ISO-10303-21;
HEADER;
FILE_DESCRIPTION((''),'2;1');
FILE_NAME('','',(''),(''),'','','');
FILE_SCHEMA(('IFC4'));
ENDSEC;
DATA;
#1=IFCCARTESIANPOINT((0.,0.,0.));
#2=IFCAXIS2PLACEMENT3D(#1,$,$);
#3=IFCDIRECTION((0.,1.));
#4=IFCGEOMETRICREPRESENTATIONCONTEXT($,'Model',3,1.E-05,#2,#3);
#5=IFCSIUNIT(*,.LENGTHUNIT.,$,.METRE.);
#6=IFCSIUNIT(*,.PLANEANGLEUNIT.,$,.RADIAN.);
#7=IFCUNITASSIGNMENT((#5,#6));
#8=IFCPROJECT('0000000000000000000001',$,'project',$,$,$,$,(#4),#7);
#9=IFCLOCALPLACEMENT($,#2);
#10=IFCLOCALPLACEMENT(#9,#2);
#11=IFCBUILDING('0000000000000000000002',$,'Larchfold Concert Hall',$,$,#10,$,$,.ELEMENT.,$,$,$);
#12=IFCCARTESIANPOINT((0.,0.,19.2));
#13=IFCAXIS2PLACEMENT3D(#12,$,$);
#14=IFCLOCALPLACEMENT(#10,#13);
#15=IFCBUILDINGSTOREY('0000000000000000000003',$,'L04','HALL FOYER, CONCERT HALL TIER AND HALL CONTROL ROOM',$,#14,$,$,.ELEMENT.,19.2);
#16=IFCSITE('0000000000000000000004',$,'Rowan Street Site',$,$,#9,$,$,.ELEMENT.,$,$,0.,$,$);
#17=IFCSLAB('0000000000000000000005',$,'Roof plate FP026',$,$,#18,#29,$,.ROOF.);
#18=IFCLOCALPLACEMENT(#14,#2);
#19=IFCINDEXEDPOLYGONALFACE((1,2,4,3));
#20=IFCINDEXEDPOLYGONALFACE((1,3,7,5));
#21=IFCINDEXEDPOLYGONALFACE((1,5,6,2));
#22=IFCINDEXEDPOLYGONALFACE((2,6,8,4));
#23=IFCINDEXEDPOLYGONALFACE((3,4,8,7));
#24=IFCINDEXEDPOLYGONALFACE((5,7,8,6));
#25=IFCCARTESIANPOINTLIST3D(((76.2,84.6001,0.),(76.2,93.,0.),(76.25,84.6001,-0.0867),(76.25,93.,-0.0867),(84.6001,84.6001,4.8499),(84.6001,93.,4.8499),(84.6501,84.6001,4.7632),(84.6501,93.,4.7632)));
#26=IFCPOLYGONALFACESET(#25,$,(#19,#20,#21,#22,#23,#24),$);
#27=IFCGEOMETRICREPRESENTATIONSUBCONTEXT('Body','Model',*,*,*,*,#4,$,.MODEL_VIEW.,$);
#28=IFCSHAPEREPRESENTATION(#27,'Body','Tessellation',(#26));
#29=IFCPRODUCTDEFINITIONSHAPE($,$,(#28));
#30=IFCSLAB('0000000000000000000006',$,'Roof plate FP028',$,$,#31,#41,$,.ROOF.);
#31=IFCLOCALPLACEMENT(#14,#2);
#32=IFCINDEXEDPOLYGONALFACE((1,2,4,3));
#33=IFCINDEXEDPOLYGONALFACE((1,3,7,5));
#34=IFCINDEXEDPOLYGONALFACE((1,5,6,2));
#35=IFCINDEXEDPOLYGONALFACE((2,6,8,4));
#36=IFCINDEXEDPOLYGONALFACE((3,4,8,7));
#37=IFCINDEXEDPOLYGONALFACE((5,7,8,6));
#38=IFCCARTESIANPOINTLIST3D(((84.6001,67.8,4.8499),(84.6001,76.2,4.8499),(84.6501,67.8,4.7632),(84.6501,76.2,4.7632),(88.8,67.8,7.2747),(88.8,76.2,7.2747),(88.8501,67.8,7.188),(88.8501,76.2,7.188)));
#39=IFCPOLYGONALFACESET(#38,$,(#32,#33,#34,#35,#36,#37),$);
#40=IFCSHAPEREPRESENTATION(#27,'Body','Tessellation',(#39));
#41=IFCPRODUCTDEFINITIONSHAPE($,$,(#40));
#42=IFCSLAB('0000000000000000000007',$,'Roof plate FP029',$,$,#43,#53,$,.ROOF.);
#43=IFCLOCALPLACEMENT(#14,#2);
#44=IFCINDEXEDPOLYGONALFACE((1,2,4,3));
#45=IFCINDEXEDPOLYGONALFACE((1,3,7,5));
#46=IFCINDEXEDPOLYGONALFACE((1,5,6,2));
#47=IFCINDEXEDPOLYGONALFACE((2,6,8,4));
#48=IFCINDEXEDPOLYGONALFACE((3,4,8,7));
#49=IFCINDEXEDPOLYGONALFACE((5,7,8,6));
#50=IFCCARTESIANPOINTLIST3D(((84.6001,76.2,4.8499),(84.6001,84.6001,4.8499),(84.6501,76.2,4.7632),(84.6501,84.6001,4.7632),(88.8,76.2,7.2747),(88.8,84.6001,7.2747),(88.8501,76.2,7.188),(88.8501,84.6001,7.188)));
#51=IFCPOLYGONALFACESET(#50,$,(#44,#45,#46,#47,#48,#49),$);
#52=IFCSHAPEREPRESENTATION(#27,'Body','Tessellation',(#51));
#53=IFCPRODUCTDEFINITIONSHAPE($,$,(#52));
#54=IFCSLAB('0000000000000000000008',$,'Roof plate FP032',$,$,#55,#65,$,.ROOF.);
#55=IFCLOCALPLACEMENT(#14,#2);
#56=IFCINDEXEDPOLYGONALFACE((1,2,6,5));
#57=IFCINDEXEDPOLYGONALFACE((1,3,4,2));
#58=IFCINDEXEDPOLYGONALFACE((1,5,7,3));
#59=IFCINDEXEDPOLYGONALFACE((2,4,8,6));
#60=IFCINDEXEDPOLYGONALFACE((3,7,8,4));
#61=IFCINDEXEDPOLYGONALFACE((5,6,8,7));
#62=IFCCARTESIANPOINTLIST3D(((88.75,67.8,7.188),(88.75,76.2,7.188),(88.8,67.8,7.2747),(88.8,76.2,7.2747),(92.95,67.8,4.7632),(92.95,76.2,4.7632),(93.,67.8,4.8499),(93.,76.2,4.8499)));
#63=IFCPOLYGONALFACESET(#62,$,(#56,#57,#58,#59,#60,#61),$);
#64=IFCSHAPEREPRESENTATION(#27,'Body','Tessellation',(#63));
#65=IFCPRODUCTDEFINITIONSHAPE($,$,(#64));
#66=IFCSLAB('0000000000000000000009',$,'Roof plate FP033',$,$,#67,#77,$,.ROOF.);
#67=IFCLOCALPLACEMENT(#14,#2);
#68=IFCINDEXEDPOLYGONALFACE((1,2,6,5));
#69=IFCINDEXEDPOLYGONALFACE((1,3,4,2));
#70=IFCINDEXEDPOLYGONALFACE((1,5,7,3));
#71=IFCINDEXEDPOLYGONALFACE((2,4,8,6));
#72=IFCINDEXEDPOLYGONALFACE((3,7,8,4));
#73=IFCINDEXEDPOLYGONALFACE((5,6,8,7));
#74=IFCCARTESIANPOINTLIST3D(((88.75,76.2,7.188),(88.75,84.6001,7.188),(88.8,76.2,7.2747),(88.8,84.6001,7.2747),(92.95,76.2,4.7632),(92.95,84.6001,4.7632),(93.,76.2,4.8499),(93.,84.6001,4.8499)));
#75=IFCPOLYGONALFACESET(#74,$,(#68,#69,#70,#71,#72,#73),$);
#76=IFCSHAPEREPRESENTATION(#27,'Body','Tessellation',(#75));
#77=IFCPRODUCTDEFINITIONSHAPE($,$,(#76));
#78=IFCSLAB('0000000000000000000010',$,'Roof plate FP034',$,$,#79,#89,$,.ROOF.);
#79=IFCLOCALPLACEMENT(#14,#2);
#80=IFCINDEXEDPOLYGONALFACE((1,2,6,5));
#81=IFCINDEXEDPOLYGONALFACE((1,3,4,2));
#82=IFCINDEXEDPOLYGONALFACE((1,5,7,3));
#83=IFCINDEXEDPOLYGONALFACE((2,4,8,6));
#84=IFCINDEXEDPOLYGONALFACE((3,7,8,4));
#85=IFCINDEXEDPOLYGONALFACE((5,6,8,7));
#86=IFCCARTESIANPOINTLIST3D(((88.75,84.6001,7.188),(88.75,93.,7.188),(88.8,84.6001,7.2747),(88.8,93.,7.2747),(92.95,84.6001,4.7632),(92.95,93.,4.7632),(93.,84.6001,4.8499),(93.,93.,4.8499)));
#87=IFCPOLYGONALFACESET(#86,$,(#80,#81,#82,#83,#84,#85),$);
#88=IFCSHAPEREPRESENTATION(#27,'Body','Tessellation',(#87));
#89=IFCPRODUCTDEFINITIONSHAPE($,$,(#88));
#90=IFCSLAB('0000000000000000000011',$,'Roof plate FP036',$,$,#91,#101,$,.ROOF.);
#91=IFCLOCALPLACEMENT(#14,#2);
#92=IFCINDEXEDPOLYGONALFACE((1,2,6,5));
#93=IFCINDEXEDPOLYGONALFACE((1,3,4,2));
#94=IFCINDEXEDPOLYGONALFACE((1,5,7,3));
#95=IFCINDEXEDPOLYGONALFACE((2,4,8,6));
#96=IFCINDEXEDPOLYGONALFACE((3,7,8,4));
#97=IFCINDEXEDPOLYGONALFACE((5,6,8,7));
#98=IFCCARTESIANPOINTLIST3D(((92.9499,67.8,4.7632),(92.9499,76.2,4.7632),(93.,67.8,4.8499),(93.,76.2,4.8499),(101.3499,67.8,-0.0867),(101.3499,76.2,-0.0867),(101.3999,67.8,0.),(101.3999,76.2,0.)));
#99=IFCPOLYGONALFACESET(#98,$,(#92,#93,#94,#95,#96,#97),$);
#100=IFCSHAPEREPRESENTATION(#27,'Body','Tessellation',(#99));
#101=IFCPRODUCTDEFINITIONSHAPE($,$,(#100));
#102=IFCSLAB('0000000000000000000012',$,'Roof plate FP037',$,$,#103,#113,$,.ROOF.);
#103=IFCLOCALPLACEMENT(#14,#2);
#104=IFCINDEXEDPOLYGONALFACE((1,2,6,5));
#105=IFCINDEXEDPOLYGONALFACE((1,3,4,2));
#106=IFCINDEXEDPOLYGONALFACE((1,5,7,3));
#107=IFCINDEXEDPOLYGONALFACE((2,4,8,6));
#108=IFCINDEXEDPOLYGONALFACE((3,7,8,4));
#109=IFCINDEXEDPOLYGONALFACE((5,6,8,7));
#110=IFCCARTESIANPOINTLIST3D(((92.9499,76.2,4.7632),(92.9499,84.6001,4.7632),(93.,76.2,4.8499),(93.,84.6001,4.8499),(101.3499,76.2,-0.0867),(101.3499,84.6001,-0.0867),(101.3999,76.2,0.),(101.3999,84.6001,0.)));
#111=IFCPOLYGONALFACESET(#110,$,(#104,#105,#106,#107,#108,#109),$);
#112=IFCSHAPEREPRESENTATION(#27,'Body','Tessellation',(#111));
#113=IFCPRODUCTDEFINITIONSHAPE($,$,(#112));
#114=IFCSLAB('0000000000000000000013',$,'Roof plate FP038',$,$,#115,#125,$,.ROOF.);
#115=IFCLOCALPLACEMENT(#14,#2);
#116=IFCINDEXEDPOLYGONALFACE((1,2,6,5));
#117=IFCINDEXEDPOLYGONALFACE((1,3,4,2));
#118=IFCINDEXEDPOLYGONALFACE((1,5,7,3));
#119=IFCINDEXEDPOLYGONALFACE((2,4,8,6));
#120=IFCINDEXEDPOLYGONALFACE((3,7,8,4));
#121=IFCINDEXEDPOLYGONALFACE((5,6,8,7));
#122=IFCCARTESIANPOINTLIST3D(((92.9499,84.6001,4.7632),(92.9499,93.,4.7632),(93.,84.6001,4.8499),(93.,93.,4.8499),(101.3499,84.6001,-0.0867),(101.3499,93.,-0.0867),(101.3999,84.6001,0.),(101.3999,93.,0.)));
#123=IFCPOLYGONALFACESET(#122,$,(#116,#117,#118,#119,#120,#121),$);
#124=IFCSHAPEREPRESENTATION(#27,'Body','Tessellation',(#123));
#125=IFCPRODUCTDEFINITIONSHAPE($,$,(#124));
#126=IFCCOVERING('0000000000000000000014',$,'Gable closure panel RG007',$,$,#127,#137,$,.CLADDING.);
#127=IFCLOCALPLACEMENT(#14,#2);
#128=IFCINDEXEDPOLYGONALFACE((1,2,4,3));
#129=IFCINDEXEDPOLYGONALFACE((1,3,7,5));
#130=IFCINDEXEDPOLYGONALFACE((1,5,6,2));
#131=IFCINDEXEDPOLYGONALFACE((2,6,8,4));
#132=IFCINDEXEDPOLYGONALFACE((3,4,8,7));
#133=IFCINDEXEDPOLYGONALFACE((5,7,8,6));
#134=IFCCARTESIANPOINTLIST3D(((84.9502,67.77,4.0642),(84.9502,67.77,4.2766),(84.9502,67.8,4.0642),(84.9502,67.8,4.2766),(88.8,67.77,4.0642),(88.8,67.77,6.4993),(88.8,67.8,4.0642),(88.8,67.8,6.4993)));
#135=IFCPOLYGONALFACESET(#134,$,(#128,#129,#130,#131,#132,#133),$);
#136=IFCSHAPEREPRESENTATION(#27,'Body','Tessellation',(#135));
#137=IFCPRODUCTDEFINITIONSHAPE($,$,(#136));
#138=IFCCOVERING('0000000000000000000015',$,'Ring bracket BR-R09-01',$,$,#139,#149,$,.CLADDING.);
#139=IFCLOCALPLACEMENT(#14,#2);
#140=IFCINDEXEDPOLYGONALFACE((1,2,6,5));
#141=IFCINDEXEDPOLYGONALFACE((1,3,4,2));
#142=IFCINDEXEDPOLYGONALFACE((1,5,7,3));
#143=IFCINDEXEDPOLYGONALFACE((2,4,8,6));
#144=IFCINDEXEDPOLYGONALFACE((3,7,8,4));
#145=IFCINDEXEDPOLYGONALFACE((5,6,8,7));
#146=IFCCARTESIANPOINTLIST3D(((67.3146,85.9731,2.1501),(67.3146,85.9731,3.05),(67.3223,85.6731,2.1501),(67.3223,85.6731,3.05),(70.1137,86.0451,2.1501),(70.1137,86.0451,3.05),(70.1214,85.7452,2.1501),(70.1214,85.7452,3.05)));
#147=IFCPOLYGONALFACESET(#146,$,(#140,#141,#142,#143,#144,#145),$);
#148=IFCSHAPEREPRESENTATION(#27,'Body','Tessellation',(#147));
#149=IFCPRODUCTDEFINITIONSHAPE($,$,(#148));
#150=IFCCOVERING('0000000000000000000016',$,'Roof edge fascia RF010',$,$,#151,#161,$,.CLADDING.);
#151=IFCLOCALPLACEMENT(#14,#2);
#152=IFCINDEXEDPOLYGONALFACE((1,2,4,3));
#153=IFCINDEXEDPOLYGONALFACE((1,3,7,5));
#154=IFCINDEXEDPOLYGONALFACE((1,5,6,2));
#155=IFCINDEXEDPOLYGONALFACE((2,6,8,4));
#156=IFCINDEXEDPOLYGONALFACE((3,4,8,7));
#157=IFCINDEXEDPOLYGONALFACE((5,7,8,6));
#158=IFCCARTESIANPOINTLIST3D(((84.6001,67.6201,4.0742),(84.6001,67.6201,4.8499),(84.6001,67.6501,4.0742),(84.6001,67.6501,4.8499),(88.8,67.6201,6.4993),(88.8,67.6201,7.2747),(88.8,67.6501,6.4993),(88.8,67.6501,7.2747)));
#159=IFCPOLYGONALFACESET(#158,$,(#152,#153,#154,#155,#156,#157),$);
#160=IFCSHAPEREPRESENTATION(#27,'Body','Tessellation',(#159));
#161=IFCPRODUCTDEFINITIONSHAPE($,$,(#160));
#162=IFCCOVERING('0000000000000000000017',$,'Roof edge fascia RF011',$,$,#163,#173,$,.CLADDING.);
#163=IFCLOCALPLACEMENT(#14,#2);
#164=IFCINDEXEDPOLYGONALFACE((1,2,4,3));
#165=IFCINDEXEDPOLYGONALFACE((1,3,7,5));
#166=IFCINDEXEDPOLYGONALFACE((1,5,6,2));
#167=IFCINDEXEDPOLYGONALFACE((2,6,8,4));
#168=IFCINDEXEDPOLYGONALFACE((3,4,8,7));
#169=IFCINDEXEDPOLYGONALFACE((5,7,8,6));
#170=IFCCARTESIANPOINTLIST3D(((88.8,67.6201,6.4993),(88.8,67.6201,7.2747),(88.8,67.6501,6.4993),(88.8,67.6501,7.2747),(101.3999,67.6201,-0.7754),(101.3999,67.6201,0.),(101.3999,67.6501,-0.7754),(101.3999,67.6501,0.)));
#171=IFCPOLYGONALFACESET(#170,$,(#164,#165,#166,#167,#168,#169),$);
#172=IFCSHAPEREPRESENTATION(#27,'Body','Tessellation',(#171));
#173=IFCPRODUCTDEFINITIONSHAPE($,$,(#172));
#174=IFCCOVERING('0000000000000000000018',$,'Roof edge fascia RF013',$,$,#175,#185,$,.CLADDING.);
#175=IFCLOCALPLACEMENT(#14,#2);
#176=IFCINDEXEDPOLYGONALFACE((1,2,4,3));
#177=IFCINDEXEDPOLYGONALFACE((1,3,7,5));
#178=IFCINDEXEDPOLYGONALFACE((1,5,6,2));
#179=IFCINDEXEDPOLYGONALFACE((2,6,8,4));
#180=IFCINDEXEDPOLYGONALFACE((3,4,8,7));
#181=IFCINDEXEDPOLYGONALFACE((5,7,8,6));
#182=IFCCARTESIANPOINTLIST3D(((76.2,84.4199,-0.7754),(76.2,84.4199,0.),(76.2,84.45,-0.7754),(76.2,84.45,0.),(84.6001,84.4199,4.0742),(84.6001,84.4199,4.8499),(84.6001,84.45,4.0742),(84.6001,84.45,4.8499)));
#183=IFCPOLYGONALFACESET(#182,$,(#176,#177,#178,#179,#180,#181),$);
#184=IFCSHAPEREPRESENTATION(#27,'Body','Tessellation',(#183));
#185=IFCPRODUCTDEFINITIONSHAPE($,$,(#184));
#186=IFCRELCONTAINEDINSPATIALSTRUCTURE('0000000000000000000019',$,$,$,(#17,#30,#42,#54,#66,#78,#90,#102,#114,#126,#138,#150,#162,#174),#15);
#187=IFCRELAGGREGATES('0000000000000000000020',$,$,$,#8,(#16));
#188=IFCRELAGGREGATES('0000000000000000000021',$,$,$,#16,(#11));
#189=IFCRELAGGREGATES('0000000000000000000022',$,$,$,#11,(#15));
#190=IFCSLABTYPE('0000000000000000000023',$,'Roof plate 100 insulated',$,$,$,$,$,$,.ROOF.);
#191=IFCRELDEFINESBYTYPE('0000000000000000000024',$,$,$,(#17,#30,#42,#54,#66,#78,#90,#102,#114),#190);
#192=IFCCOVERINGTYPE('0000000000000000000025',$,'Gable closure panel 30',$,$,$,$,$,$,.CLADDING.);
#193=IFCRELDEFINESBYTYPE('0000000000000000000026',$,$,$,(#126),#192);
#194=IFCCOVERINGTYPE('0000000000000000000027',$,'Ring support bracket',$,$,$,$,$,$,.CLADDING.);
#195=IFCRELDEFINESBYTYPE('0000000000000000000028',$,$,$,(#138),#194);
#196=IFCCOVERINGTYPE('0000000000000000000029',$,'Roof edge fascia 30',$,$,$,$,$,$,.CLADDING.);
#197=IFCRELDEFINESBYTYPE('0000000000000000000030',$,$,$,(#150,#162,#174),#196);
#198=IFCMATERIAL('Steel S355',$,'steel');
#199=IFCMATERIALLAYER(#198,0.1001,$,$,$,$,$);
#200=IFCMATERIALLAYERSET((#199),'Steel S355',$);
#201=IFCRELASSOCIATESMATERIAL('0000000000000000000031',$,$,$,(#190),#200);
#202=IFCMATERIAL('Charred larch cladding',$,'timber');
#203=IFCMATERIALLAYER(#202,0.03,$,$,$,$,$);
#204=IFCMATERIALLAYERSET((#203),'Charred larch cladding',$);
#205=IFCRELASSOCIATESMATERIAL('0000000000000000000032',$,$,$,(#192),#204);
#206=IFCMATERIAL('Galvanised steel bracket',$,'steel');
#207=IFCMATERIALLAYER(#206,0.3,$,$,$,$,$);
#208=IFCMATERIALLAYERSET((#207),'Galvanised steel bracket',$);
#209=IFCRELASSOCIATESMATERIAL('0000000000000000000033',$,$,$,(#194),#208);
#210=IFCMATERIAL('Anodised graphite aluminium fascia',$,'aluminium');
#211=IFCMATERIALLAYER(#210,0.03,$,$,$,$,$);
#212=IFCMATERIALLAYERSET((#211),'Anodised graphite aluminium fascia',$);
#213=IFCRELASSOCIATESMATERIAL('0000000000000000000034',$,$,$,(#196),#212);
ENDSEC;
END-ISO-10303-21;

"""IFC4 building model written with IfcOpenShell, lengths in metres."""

from ifc_helpers import new_model, si_unit, direction, frame, origin, origin_2d, place, context, subcontext, project, spatial, polyline, rectangle, outline, extrude, material, layer, layer_set, type_object, element, save


model = new_model("IFC4")

# Units and contexts
model_context = context("Model", 3, precision=1e-05, world=origin(), true_north=direction((0.0, 1.0)))
body_context = subcontext(model_context, "Body", "Model", "MODEL_VIEW")
ifc_project = project(units=[si_unit("LENGTHUNIT", "METRE"), si_unit("PLANEANGLEUNIT", "RADIAN")], contexts=[model_context])

# Site, building, storey
site_placement = place(None, origin())
site = spatial("IfcSite", under=ifc_project, at=site_placement, Name="Rowan Street Site", CompositionType="ELEMENT", RefElevation=0.0)
building_placement = place(site_placement, origin())
building = spatial("IfcBuilding", under=site, at=building_placement, Name="Larchfold Concert Hall", CompositionType="ELEMENT")
storey_placement = place(building_placement, frame((0.0, 0.0, 19.2)))
storey = spatial("IfcBuildingStorey", under=building, at=storey_placement, Name="L04", Description="HALL FOYER, CONCERT HALL TIER AND HALL CONTROL ROOM", CompositionType="ELEMENT", Elevation=19.2)

# Slabs
ifc_material_1 = material(Name="Steel S355", Category="steel")
ifc_layer_1 = layer(ifc_material_1, 0.1001)
ifc_layer_set_1 = layer_set([ifc_layer_1], Name="Steel S355")
slab_type = type_object("IfcSlabType", Name="Roof plate 100 insulated", PredefinedType="ROOF", material=ifc_layer_set_1)
slab_1_placement = place(storey_placement, frame((76.2, 84.6001, 0.0), z_axis=(-0.500002, 0.0, 0.866024), x_axis=(0.0, 1.0, 0.0)))
element("IfcSlab", 1, at=slab_1_placement, inside=storey, type_object=slab_type, Name="Roof plate FP026", PredefinedType="ROOF", context=body_context, shape_type="SweptSolid", body=[
    extrude(outline(polyline([(0.0, 0.0), (8.3999, 0.0), (8.3999, -9.6997), (0.0, -9.6997), (0.0, 0.0)])), origin(), (0.0, 0.0, -1.0), 0.1001),
])
slab_2_placement = place(storey_placement, frame((84.6001, 67.8, 4.8499), z_axis=(-0.499994, 0.0, 0.866029), x_axis=(0.0, 1.0, 0.0)))
element("IfcSlab", 2, at=slab_2_placement, inside=storey, type_object=slab_type, Name="Roof plate FP028", PredefinedType="ROOF", context=body_context, shape_type="SweptSolid", body=[
    extrude(outline(polyline([(0.0, 0.0), (8.3999, 0.0), (8.3999, -4.8497), (0.0, -4.8497), (0.0, 0.0)])), origin(), (0.0, 0.0, -1.0), 0.1001),
])
slab_3_placement = place(storey_placement, frame((84.6001, 84.6001, 4.8499), z_axis=(-0.499994, 0.0, 0.866029), x_axis=(0.866029, 0.0, 0.499994)))
element("IfcSlab", 3, at=slab_3_placement, inside=storey, type_object=slab_type, Name="Roof plate FP029", PredefinedType="ROOF", context=body_context, shape_type="SweptSolid", body=[
    extrude(outline(polyline([(0.0, 0.0), (4.8497, 0.0), (4.8497, -8.4001), (0.0, -8.4001), (0.0, 0.0)])), origin(), (0.0, 0.0, -1.0), 0.1001),
])
slab_4_placement = place(storey_placement, frame((88.8, 67.8, 7.2747), z_axis=(0.499994, 0.0, 0.866029), x_axis=(0.0, 1.0, 0.0)))
element("IfcSlab", 4, at=slab_4_placement, inside=storey, type_object=slab_type, Name="Roof plate FP032", PredefinedType="ROOF", context=body_context, shape_type="SweptSolid", body=[
    extrude(outline(polyline([(0.0, 0.0), (8.3999, 0.0), (8.3999, -4.8497), (0.0, -4.8497), (0.0, 0.0)])), origin(), (0.0, 0.0, -1.0), 0.1001),
])
slab_5_placement = place(storey_placement, frame((88.8, 76.2, 7.2747), z_axis=(0.499994, 0.0, 0.866029), x_axis=(0.0, 1.0, 0.0)))
element("IfcSlab", 5, at=slab_5_placement, inside=storey, type_object=slab_type, Name="Roof plate FP033", PredefinedType="ROOF", context=body_context, shape_type="SweptSolid", body=[
    extrude(outline(polyline([(0.0, 0.0), (8.4001, 0.0), (8.4001, -4.8497), (0.0, -4.8497), (0.0, 0.0)])), origin(), (0.0, 0.0, -1.0), 0.1001),
])
slab_6_placement = place(storey_placement, frame((88.8, 84.6001, 7.2747), z_axis=(0.499994, 0.0, 0.866029), x_axis=(0.0, 1.0, 0.0)))
element("IfcSlab", 6, at=slab_6_placement, inside=storey, type_object=slab_type, Name="Roof plate FP034", PredefinedType="ROOF", context=body_context, shape_type="SweptSolid", body=[
    extrude(outline(polyline([(0.0, 0.0), (8.3999, 0.0), (8.3999, -4.8497), (0.0, -4.8497), (0.0, 0.0)])), origin(), (0.0, 0.0, -1.0), 0.1001),
])
slab_7_placement = place(storey_placement, frame((101.3999, 67.8, 0.0), z_axis=(0.500013, 0.0, 0.866018), x_axis=(-0.866018, 0.0, 0.500013)))
element("IfcSlab", 7, at=slab_7_placement, inside=storey, type_object=slab_type, Name="Roof plate FP036", PredefinedType="ROOF", context=body_context, shape_type="SweptSolid", body=[
    extrude(outline(polyline([(0.0, 0.0), (9.6995, 0.0), (9.6995, -8.3999), (0.0, -8.3999), (0.0, 0.0)])), origin(), (0.0, 0.0, -1.0), 0.1001),
])
slab_8_placement = place(storey_placement, frame((101.3999, 76.2, 0.0), z_axis=(0.500013, 0.0, 0.866018), x_axis=(-0.866018, 0.0, 0.500013)))
element("IfcSlab", 8, at=slab_8_placement, inside=storey, type_object=slab_type, Name="Roof plate FP037", PredefinedType="ROOF", context=body_context, shape_type="SweptSolid", body=[
    extrude(outline(polyline([(0.0, 0.0), (9.6995, 0.0), (9.6995, -8.4001), (0.0, -8.4001), (0.0, 0.0)])), origin(), (0.0, 0.0, -1.0), 0.1001),
])
slab_9_placement = place(storey_placement, frame((101.3999, 84.6001, 0.0), z_axis=(0.500013, 0.0, 0.866018), x_axis=(-0.866018, 0.0, 0.500013)))
element("IfcSlab", 9, at=slab_9_placement, inside=storey, type_object=slab_type, Name="Roof plate FP038", PredefinedType="ROOF", context=body_context, shape_type="SweptSolid", body=[
    extrude(outline(polyline([(0.0, 0.0), (9.6995, 0.0), (9.6995, -8.3999), (0.0, -8.3999), (0.0, 0.0)])), origin(), (0.0, 0.0, -1.0), 0.1001),
])

# Coverings
ifc_material_2 = material(Name="Charred larch cladding", Category="timber")
ifc_layer_2 = layer(ifc_material_2, 0.03)
ifc_layer_set_2 = layer_set([ifc_layer_2], Name="Charred larch cladding")
covering_type_1 = type_object("IfcCoveringType", Name="Gable closure panel 30", PredefinedType="CLADDING", material=ifc_layer_set_2)
covering_1_placement = place(storey_placement, frame((84.9502, 67.77, 4.0642), z_axis=(0.0, -1.0, 0.0), x_axis=(1.0, 0.0, 0.0)))
element("IfcCovering", 10, at=covering_1_placement, inside=storey, type_object=covering_type_1, Name="Gable closure panel RG007", PredefinedType="CLADDING", context=body_context, shape_type="SweptSolid", body=[
    extrude(outline(polyline([(0.0, 0.0), (3.8499, 0.0), (3.8499, 2.4351), (0.0, 0.2124), (0.0, 0.0)])), origin(), (0.0, 0.0, -1.0), 0.03),
])
ifc_material_3 = material(Name="Galvanised steel bracket", Category="steel")
ifc_layer_3 = layer(ifc_material_3, 0.3)
ifc_layer_set_3 = layer_set([ifc_layer_3], Name="Galvanised steel bracket")
covering_type_2 = type_object("IfcCoveringType", Name="Ring support bracket", PredefinedType="CLADDING", material=ifc_layer_set_3)
covering_2_placement = place(storey_placement, frame((68.718, 85.8591, 2.1501), z_axis=(0.0, 0.0, 1.0), x_axis=(0.999669, 0.025743, 0.0)))
element("IfcCovering", 11, at=covering_2_placement, inside=storey, type_object=covering_type_2, Name="Ring bracket BR-R09-01", PredefinedType="CLADDING", context=body_context, shape_type="SweptSolid", body=[
    extrude(rectangle(XDim=2.8, YDim=0.3, at=origin_2d()), origin(), (0.0, 0.0, 1.0), 0.8999),
])
ifc_material_4 = material(Name="Anodised graphite aluminium fascia", Category="aluminium")
ifc_layer_4 = layer(ifc_material_4, 0.03)
ifc_layer_set_4 = layer_set([ifc_layer_4], Name="Anodised graphite aluminium fascia")
covering_type_3 = type_object("IfcCoveringType", Name="Roof edge fascia 30", PredefinedType="CLADDING", material=ifc_layer_set_4)
covering_3_placement = place(storey_placement, frame((84.6001, 67.6201, 4.0742), z_axis=(0.0, -1.0, 0.0), x_axis=(0.866007, 0.0, 0.500032)))
element("IfcCovering", 12, at=covering_3_placement, inside=storey, type_object=covering_type_3, Name="Roof edge fascia RF010", PredefinedType="CLADDING", context=body_context, shape_type="SweptSolid", body=[
    extrude(outline(polyline([(0.0, 0.0), (4.8498, 0.0), (5.2375, 0.6715), (0.3878, 0.6717), (0.0, 0.0)])), origin(), (0.0, 0.0, -1.0), 0.03),
])
covering_4_placement = place(storey_placement, frame((88.8, 67.6201, 6.4993), z_axis=(0.0, -1.0, 0.0), x_axis=(0.866022, 0.0, -0.500007)))
element("IfcCovering", 13, at=covering_4_placement, inside=storey, type_object=covering_type_3, Name="Roof edge fascia RF011", PredefinedType="CLADDING", context=body_context, shape_type="SweptSolid", body=[
    extrude(outline(polyline([(0.0, 0.0), (14.5491, 0.0), (14.1614, 0.6715), (-0.3877, 0.6715), (0.0, 0.0)])), origin(), (0.0, 0.0, -1.0), 0.03),
])
covering_5_placement = place(storey_placement, frame((76.2, 84.4199, -0.7754), z_axis=(0.0, -1.0, 0.0), x_axis=(0.866035, 0.0, 0.499983)))
element("IfcCovering", 14, at=covering_5_placement, inside=storey, type_object=covering_type_3, Name="Roof edge fascia RF013", PredefinedType="CLADDING", context=body_context, shape_type="SweptSolid", body=[
    extrude(outline(polyline([(0.0, 0.0), (9.6995, 0.0), (10.0873, 0.6717), (0.3877, 0.6715), (0.0, 0.0)])), origin(), (0.0, 0.0, -1.0), 0.03),
])

save(model, "model.ifc")
